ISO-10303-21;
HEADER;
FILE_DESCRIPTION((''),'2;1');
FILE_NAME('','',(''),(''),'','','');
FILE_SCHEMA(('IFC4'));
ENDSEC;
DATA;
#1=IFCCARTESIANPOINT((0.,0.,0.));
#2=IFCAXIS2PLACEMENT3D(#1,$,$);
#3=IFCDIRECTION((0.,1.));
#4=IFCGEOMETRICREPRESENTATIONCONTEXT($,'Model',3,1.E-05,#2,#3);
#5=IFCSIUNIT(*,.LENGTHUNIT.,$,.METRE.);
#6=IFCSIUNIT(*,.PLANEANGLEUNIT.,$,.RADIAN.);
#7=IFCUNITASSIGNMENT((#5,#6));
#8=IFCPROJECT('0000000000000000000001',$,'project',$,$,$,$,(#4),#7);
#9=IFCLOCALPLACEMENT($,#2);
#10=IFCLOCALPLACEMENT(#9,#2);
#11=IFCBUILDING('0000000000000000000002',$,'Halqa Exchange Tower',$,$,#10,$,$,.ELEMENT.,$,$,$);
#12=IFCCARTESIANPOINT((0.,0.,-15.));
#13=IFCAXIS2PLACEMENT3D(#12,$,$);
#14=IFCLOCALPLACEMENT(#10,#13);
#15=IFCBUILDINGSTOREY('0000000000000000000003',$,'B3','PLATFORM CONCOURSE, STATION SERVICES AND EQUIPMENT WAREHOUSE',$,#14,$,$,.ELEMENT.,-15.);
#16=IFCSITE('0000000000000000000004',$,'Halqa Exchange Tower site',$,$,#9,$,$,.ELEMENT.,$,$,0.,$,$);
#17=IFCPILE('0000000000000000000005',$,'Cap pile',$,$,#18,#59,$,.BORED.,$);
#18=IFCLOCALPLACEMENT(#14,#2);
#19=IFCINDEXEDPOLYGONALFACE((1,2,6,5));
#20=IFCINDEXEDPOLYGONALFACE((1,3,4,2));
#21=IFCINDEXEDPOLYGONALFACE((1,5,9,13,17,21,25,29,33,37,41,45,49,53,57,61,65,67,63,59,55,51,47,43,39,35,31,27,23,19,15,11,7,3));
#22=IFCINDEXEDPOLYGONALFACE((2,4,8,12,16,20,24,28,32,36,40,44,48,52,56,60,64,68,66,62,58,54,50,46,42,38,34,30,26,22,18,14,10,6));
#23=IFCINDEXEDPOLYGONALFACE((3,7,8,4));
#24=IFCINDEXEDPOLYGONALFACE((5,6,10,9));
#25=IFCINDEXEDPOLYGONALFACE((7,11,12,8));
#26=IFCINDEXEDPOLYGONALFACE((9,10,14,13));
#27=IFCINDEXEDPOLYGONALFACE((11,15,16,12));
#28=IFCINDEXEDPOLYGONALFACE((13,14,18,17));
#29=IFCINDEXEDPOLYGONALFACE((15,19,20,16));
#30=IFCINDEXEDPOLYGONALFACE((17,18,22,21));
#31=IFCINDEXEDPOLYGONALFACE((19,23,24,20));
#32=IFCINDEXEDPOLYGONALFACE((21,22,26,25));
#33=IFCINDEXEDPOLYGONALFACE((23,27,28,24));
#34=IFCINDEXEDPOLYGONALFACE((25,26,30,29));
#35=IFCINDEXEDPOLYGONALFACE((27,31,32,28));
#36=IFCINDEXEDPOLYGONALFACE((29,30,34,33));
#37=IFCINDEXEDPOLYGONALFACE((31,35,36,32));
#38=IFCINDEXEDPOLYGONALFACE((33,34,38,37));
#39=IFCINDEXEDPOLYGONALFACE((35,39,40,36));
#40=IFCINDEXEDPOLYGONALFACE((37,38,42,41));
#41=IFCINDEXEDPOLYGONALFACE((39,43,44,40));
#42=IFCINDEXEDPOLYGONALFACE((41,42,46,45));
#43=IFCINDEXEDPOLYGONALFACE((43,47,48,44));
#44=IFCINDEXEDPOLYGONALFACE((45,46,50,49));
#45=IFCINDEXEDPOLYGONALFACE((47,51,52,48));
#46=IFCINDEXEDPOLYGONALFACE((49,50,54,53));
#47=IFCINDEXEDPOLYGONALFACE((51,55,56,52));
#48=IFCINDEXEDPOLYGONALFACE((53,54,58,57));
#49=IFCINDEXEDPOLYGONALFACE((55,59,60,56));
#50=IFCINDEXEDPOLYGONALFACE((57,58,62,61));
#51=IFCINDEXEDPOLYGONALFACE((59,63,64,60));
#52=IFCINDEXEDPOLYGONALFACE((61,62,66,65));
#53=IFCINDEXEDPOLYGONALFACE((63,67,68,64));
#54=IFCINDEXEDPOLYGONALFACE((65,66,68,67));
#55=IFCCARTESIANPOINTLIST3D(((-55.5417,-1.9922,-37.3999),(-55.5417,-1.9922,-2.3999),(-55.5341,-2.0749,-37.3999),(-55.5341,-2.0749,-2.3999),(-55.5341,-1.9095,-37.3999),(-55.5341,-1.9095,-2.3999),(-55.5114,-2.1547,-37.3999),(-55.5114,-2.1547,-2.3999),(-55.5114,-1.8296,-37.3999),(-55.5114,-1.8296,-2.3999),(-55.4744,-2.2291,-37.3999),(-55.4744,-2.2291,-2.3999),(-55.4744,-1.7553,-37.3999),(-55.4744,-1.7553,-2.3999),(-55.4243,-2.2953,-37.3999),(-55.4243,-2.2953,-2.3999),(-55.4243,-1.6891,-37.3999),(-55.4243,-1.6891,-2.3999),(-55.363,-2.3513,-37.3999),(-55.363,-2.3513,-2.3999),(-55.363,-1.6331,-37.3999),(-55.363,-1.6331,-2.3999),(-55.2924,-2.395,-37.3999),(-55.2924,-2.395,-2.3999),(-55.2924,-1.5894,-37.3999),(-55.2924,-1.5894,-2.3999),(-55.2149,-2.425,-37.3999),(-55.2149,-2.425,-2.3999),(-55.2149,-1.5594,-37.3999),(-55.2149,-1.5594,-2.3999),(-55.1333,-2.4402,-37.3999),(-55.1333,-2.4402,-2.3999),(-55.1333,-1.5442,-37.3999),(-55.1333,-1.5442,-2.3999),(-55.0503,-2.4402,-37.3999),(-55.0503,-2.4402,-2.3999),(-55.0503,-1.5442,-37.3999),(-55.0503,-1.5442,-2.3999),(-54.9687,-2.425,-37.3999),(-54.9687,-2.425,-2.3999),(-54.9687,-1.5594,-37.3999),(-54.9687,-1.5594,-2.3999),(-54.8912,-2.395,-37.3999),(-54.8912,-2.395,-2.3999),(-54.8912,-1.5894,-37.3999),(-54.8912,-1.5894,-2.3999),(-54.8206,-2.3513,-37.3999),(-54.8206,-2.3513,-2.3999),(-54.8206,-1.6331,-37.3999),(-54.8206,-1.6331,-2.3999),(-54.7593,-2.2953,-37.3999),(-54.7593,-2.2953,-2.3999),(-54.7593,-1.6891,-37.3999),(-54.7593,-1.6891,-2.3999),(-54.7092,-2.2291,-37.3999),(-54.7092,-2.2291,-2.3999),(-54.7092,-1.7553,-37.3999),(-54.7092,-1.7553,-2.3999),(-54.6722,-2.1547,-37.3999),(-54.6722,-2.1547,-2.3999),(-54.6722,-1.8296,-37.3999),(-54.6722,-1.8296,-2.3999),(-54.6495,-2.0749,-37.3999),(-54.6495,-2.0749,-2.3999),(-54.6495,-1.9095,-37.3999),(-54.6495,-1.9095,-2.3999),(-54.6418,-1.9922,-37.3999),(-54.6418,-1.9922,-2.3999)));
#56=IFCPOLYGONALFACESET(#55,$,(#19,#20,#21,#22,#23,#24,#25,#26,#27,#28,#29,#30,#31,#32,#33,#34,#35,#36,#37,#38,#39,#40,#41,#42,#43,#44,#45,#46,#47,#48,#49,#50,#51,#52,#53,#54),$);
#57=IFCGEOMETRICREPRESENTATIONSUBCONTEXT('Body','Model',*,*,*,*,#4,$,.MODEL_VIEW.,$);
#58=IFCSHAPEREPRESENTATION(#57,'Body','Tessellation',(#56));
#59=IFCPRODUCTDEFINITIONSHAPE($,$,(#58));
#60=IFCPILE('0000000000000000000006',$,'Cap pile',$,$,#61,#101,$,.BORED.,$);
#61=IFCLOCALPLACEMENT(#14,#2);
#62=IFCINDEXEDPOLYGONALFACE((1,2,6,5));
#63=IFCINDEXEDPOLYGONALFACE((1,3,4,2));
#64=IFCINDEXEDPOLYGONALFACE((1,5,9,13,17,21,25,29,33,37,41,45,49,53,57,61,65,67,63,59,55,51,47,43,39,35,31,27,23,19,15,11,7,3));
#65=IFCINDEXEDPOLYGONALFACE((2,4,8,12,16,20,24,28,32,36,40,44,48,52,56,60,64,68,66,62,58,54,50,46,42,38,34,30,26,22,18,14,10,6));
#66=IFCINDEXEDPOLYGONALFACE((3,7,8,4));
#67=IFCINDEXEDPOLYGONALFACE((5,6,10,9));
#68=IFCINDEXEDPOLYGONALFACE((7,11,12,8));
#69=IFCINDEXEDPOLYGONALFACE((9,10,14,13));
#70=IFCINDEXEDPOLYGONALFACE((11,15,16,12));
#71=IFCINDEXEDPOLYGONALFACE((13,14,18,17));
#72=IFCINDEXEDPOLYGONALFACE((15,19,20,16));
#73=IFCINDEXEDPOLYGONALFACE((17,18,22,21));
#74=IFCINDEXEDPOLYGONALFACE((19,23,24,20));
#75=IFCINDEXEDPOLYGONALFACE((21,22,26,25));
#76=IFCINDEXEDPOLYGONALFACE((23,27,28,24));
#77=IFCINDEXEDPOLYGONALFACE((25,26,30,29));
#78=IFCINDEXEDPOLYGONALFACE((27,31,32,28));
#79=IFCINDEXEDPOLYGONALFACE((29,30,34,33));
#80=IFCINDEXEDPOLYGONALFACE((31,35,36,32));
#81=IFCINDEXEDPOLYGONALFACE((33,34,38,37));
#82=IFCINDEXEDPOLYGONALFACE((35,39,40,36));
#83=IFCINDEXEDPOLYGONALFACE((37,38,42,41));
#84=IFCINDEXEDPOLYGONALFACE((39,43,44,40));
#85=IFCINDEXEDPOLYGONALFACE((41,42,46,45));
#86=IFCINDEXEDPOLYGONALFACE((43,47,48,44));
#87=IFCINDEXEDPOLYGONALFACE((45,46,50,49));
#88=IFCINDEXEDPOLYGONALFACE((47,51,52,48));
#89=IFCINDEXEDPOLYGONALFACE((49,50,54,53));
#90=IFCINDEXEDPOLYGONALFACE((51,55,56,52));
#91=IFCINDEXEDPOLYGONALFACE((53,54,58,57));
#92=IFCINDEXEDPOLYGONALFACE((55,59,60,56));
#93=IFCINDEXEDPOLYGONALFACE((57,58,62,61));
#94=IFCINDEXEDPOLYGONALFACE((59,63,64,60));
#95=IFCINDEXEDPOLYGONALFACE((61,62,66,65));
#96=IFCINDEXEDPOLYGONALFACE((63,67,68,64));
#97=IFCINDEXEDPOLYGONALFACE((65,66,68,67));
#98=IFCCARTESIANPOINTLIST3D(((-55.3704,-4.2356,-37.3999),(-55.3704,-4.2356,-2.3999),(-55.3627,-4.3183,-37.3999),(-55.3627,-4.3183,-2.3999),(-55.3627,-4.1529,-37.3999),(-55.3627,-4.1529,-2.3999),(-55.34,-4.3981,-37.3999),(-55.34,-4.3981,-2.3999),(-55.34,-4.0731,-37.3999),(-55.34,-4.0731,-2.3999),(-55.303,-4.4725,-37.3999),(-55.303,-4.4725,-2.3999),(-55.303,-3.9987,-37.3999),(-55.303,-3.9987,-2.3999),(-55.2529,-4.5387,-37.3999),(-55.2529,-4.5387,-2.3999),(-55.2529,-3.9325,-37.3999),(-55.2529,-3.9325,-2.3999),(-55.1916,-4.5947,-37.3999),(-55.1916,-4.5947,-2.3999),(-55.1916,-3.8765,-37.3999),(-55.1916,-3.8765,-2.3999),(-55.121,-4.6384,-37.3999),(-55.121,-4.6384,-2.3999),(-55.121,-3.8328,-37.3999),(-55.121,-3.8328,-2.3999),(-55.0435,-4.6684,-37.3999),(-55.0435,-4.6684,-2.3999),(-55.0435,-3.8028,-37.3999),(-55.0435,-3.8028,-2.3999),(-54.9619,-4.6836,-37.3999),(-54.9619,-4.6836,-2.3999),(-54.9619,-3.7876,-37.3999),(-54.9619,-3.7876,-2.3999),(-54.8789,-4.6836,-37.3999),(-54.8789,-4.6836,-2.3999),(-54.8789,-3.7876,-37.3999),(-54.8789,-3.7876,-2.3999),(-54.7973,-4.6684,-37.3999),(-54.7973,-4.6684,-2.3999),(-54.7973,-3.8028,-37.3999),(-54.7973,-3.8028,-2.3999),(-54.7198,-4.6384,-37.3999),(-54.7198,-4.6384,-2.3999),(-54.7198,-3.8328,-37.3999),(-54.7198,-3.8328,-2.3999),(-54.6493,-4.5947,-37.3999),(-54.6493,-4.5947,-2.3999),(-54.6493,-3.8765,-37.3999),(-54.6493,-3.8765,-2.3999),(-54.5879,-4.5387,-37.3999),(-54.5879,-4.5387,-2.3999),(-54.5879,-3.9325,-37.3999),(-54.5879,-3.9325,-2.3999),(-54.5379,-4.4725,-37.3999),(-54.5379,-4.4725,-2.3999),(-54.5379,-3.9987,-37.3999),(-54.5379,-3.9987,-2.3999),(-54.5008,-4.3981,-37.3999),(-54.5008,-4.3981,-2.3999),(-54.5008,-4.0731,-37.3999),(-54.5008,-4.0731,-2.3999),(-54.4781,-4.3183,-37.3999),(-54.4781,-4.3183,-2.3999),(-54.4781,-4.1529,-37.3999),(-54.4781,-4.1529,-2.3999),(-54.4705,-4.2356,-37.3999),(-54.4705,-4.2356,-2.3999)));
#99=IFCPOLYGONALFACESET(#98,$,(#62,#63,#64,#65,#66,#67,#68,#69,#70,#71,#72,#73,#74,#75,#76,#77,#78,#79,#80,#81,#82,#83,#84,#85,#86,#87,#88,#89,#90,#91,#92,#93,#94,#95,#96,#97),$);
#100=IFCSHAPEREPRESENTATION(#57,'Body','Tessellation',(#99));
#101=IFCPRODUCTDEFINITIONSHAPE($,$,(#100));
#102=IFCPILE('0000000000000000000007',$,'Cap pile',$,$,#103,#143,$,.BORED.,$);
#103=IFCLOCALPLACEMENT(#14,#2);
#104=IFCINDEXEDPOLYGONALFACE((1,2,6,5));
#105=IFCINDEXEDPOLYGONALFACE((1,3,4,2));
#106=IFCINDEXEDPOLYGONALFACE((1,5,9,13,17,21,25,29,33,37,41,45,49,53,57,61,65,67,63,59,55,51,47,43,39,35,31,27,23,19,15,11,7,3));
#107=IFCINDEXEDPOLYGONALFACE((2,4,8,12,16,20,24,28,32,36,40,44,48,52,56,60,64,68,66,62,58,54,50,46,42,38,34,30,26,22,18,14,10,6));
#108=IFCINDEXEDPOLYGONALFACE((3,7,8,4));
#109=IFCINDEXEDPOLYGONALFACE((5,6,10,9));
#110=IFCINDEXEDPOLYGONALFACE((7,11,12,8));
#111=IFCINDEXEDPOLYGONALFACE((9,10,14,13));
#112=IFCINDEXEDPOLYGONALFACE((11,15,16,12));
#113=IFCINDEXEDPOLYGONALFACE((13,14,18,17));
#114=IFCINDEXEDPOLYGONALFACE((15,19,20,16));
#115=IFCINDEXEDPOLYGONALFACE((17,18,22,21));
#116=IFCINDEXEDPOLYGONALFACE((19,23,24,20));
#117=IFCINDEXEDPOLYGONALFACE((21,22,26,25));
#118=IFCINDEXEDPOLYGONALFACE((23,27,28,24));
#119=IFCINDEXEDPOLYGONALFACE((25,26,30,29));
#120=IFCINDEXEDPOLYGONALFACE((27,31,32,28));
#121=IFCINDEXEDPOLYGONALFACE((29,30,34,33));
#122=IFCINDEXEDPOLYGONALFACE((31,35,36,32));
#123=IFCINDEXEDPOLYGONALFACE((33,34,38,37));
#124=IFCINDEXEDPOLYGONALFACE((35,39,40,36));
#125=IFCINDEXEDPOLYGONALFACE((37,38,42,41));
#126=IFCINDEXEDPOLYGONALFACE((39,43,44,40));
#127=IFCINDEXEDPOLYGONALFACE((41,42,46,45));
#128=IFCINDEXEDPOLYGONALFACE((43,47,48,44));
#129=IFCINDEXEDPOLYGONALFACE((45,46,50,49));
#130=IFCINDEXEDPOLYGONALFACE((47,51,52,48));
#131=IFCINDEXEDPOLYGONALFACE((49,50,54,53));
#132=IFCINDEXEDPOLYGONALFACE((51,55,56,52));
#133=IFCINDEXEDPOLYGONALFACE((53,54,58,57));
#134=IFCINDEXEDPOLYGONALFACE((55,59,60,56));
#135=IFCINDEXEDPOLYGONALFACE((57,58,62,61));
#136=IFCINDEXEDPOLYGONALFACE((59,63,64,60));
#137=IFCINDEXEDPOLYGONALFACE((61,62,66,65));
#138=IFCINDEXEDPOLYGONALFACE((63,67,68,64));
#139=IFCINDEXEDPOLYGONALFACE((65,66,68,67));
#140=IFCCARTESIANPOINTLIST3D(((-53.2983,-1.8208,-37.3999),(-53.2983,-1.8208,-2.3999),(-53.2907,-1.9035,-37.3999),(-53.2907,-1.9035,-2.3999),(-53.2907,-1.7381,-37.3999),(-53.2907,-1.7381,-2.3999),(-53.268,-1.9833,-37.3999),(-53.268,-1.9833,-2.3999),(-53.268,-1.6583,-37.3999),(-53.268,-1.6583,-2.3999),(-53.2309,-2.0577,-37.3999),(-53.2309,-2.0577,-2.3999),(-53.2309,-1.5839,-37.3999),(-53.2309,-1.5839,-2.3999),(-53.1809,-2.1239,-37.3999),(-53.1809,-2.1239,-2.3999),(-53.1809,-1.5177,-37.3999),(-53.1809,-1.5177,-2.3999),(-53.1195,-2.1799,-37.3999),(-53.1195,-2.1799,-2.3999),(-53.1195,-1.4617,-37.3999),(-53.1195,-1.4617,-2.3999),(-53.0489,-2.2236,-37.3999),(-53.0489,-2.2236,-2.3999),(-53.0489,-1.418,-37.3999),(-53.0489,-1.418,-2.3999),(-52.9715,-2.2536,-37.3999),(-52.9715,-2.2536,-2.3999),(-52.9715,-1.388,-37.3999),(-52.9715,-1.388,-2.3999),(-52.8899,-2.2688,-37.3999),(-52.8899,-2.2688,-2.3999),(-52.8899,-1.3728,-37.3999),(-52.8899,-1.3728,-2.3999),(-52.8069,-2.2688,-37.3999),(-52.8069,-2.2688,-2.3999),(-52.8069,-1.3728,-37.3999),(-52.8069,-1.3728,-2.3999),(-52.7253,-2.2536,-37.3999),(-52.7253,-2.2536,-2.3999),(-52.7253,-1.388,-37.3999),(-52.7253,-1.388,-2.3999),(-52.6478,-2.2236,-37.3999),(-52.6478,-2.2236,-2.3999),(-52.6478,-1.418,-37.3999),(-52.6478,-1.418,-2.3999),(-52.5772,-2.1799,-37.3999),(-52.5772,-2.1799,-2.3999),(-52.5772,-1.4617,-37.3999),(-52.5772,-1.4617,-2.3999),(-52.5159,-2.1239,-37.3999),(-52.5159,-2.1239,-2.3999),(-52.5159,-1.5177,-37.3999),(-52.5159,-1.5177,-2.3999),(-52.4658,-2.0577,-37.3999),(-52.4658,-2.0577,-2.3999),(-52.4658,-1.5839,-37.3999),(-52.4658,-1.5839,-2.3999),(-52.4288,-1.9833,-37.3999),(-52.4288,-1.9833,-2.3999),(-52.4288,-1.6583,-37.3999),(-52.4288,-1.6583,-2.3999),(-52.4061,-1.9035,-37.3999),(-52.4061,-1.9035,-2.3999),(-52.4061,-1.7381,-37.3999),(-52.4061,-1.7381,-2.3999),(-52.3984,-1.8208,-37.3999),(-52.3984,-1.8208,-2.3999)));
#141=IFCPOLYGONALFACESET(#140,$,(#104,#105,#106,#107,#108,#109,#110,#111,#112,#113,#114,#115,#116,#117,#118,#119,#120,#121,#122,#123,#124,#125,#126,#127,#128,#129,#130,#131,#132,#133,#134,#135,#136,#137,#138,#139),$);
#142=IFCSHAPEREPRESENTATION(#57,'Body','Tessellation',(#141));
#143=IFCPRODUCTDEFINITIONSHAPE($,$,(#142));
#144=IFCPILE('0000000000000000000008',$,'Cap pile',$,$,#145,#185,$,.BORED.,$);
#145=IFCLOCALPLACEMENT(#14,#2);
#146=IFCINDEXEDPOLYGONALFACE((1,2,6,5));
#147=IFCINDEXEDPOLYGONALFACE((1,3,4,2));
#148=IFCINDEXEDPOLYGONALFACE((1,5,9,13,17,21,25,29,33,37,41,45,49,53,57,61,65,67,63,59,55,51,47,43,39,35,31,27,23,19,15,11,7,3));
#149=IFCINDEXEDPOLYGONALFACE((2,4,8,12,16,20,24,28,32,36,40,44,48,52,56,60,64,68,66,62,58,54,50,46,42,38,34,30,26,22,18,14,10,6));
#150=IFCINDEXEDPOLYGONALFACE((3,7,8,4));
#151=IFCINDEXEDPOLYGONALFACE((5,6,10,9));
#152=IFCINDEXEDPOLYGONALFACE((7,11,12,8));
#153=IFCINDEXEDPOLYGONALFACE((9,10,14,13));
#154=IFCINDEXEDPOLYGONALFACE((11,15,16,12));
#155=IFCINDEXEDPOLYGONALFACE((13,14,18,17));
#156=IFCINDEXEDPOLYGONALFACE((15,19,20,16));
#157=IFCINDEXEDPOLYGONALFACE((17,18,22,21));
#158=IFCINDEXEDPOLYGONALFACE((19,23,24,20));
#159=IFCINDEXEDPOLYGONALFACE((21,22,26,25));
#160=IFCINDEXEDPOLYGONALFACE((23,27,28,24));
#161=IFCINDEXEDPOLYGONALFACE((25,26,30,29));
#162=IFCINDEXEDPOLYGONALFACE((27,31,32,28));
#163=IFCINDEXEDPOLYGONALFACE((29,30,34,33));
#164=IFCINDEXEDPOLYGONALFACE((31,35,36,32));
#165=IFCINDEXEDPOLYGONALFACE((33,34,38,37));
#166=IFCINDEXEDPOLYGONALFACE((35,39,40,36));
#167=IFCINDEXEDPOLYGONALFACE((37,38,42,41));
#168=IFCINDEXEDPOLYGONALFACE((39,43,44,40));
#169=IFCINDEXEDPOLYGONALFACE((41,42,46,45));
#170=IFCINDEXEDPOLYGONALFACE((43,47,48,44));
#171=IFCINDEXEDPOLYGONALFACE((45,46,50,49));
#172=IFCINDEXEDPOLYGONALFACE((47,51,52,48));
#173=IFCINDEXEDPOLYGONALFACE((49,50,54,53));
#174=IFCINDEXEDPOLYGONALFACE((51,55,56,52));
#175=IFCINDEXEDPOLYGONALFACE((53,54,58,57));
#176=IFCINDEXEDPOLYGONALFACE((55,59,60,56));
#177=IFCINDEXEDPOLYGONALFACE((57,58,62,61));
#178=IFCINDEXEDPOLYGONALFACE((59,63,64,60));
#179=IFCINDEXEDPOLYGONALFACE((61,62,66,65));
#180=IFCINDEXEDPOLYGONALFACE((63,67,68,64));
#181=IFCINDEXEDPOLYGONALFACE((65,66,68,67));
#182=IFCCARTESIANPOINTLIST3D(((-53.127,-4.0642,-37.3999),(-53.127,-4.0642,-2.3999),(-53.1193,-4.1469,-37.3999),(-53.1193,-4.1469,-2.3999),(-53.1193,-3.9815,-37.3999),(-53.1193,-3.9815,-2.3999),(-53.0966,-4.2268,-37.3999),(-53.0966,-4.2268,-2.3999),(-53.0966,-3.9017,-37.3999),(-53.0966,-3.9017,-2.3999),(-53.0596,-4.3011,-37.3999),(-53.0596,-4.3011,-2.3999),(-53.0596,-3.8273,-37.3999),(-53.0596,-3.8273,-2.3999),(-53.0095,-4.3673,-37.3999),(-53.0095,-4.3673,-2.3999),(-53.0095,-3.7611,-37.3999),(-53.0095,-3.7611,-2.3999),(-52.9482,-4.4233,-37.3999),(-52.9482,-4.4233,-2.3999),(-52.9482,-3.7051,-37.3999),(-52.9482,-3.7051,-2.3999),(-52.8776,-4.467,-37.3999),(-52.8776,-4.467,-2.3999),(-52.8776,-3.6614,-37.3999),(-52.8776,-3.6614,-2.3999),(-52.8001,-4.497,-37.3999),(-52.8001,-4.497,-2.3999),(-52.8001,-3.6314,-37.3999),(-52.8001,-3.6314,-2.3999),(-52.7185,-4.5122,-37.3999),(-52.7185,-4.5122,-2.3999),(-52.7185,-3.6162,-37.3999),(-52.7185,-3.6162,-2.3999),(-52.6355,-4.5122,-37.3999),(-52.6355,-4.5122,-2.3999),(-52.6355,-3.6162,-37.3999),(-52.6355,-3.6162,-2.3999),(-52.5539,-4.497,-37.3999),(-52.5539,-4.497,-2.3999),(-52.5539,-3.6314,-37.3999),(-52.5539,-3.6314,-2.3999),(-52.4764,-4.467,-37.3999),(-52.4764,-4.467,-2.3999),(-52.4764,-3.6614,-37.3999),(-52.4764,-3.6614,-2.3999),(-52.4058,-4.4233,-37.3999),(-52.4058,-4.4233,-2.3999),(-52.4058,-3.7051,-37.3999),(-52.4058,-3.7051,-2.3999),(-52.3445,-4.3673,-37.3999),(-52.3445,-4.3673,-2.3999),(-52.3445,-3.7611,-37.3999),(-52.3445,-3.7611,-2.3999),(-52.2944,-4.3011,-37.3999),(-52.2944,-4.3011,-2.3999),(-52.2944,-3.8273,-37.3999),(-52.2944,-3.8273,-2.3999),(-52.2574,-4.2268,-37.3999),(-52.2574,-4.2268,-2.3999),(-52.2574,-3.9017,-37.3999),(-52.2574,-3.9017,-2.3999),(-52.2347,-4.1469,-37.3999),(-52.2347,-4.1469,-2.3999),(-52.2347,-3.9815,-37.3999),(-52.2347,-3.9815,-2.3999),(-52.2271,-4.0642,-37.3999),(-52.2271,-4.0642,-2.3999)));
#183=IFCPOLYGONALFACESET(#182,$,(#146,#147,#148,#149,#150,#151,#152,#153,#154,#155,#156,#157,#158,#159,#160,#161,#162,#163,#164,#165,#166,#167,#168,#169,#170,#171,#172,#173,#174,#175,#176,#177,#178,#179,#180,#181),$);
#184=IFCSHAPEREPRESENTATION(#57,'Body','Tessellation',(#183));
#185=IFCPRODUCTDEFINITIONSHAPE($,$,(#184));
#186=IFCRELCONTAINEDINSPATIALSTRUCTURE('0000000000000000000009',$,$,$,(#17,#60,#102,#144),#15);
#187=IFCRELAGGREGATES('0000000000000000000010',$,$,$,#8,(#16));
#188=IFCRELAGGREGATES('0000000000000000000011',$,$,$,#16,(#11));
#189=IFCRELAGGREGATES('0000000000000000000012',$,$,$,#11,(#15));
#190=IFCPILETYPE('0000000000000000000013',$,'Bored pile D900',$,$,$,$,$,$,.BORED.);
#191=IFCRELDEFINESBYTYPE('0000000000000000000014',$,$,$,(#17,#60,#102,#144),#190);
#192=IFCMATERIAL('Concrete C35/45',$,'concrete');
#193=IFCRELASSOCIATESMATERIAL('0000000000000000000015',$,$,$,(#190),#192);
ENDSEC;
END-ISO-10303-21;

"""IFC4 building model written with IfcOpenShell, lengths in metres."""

from ifc_helpers import new_model, si_unit, direction, frame, origin, origin_2d, place, context, subcontext, project, spatial, circle, extrude, material, material_profile, profile_set, type_object, element, save


model = new_model("IFC4")

# Units and contexts
model_context = context("Model", 3, precision=1e-05, world=origin(), true_north=direction((0.0, 1.0)))
body_context = subcontext(model_context, "Body", "Model", "MODEL_VIEW")
ifc_project = project(units=[si_unit("LENGTHUNIT", "METRE"), si_unit("PLANEANGLEUNIT", "RADIAN")], contexts=[model_context])

# Site, building, storey
site_placement = place(None, origin())
site = spatial("IfcSite", under=ifc_project, at=site_placement, Name="Halqa Exchange Tower site", CompositionType="ELEMENT", RefElevation=0.0)
building_placement = place(site_placement, origin())
building = spatial("IfcBuilding", under=site, at=building_placement, Name="Halqa Exchange Tower", CompositionType="ELEMENT")
storey_placement = place(building_placement, frame((0.0, 0.0, -15.0)))
storey = spatial("IfcBuildingStorey", under=building, at=storey_placement, Name="B3", Description="PLATFORM CONCOURSE, STATION SERVICES AND EQUIPMENT WAREHOUSE", CompositionType="ELEMENT", Elevation=-15.0)

# Piles
ifc_material_1 = material(Name="Concrete C35/45", Category="concrete")
ifc_material_profile_1 = material_profile(ifc_material_1, circle(Radius=0.45, at=origin_2d()), Name="D900")
ifc_profile_set_1 = profile_set([ifc_material_profile_1], Name="Concrete C35/45")
pile_type = type_object("IfcPileType", Name="Bored pile D900", PredefinedType="BORED", material=ifc_profile_set_1)
for number, where, z_axis, x_axis, name in (
    (1, (-55.0918, -1.9922, -2.3999), (0.0, 0.0, -1.0), (1.0, 0.0, 0.0), "Cap pile"),
    (2, (-54.9204, -4.2356, -2.3999), (0.0, 0.0, -1.0), (1.0, 0.0, 0.0), "Cap pile"),
    (3, (-52.8484, -1.8208, -2.3999), (0.0, 0.0, -1.0), (1.0, 0.0, 0.0), "Cap pile"),
    (4, (-52.677, -4.0642, -2.3999), (0.0, 0.0, -1.0), (1.0, 0.0, 0.0), "Cap pile"),
):
    element("IfcPile", number, at=place(storey_placement, frame(where, z_axis=z_axis, x_axis=x_axis)), inside=storey, type_object=pile_type, Name=name, PredefinedType="BORED", context=body_context, shape_type="SweptSolid", body=[
        extrude(circle(Radius=0.45, at=origin_2d()), origin(), (0.0, 0.0, 1.0), 35.0),
    ])

save(model, "model.ifc")
